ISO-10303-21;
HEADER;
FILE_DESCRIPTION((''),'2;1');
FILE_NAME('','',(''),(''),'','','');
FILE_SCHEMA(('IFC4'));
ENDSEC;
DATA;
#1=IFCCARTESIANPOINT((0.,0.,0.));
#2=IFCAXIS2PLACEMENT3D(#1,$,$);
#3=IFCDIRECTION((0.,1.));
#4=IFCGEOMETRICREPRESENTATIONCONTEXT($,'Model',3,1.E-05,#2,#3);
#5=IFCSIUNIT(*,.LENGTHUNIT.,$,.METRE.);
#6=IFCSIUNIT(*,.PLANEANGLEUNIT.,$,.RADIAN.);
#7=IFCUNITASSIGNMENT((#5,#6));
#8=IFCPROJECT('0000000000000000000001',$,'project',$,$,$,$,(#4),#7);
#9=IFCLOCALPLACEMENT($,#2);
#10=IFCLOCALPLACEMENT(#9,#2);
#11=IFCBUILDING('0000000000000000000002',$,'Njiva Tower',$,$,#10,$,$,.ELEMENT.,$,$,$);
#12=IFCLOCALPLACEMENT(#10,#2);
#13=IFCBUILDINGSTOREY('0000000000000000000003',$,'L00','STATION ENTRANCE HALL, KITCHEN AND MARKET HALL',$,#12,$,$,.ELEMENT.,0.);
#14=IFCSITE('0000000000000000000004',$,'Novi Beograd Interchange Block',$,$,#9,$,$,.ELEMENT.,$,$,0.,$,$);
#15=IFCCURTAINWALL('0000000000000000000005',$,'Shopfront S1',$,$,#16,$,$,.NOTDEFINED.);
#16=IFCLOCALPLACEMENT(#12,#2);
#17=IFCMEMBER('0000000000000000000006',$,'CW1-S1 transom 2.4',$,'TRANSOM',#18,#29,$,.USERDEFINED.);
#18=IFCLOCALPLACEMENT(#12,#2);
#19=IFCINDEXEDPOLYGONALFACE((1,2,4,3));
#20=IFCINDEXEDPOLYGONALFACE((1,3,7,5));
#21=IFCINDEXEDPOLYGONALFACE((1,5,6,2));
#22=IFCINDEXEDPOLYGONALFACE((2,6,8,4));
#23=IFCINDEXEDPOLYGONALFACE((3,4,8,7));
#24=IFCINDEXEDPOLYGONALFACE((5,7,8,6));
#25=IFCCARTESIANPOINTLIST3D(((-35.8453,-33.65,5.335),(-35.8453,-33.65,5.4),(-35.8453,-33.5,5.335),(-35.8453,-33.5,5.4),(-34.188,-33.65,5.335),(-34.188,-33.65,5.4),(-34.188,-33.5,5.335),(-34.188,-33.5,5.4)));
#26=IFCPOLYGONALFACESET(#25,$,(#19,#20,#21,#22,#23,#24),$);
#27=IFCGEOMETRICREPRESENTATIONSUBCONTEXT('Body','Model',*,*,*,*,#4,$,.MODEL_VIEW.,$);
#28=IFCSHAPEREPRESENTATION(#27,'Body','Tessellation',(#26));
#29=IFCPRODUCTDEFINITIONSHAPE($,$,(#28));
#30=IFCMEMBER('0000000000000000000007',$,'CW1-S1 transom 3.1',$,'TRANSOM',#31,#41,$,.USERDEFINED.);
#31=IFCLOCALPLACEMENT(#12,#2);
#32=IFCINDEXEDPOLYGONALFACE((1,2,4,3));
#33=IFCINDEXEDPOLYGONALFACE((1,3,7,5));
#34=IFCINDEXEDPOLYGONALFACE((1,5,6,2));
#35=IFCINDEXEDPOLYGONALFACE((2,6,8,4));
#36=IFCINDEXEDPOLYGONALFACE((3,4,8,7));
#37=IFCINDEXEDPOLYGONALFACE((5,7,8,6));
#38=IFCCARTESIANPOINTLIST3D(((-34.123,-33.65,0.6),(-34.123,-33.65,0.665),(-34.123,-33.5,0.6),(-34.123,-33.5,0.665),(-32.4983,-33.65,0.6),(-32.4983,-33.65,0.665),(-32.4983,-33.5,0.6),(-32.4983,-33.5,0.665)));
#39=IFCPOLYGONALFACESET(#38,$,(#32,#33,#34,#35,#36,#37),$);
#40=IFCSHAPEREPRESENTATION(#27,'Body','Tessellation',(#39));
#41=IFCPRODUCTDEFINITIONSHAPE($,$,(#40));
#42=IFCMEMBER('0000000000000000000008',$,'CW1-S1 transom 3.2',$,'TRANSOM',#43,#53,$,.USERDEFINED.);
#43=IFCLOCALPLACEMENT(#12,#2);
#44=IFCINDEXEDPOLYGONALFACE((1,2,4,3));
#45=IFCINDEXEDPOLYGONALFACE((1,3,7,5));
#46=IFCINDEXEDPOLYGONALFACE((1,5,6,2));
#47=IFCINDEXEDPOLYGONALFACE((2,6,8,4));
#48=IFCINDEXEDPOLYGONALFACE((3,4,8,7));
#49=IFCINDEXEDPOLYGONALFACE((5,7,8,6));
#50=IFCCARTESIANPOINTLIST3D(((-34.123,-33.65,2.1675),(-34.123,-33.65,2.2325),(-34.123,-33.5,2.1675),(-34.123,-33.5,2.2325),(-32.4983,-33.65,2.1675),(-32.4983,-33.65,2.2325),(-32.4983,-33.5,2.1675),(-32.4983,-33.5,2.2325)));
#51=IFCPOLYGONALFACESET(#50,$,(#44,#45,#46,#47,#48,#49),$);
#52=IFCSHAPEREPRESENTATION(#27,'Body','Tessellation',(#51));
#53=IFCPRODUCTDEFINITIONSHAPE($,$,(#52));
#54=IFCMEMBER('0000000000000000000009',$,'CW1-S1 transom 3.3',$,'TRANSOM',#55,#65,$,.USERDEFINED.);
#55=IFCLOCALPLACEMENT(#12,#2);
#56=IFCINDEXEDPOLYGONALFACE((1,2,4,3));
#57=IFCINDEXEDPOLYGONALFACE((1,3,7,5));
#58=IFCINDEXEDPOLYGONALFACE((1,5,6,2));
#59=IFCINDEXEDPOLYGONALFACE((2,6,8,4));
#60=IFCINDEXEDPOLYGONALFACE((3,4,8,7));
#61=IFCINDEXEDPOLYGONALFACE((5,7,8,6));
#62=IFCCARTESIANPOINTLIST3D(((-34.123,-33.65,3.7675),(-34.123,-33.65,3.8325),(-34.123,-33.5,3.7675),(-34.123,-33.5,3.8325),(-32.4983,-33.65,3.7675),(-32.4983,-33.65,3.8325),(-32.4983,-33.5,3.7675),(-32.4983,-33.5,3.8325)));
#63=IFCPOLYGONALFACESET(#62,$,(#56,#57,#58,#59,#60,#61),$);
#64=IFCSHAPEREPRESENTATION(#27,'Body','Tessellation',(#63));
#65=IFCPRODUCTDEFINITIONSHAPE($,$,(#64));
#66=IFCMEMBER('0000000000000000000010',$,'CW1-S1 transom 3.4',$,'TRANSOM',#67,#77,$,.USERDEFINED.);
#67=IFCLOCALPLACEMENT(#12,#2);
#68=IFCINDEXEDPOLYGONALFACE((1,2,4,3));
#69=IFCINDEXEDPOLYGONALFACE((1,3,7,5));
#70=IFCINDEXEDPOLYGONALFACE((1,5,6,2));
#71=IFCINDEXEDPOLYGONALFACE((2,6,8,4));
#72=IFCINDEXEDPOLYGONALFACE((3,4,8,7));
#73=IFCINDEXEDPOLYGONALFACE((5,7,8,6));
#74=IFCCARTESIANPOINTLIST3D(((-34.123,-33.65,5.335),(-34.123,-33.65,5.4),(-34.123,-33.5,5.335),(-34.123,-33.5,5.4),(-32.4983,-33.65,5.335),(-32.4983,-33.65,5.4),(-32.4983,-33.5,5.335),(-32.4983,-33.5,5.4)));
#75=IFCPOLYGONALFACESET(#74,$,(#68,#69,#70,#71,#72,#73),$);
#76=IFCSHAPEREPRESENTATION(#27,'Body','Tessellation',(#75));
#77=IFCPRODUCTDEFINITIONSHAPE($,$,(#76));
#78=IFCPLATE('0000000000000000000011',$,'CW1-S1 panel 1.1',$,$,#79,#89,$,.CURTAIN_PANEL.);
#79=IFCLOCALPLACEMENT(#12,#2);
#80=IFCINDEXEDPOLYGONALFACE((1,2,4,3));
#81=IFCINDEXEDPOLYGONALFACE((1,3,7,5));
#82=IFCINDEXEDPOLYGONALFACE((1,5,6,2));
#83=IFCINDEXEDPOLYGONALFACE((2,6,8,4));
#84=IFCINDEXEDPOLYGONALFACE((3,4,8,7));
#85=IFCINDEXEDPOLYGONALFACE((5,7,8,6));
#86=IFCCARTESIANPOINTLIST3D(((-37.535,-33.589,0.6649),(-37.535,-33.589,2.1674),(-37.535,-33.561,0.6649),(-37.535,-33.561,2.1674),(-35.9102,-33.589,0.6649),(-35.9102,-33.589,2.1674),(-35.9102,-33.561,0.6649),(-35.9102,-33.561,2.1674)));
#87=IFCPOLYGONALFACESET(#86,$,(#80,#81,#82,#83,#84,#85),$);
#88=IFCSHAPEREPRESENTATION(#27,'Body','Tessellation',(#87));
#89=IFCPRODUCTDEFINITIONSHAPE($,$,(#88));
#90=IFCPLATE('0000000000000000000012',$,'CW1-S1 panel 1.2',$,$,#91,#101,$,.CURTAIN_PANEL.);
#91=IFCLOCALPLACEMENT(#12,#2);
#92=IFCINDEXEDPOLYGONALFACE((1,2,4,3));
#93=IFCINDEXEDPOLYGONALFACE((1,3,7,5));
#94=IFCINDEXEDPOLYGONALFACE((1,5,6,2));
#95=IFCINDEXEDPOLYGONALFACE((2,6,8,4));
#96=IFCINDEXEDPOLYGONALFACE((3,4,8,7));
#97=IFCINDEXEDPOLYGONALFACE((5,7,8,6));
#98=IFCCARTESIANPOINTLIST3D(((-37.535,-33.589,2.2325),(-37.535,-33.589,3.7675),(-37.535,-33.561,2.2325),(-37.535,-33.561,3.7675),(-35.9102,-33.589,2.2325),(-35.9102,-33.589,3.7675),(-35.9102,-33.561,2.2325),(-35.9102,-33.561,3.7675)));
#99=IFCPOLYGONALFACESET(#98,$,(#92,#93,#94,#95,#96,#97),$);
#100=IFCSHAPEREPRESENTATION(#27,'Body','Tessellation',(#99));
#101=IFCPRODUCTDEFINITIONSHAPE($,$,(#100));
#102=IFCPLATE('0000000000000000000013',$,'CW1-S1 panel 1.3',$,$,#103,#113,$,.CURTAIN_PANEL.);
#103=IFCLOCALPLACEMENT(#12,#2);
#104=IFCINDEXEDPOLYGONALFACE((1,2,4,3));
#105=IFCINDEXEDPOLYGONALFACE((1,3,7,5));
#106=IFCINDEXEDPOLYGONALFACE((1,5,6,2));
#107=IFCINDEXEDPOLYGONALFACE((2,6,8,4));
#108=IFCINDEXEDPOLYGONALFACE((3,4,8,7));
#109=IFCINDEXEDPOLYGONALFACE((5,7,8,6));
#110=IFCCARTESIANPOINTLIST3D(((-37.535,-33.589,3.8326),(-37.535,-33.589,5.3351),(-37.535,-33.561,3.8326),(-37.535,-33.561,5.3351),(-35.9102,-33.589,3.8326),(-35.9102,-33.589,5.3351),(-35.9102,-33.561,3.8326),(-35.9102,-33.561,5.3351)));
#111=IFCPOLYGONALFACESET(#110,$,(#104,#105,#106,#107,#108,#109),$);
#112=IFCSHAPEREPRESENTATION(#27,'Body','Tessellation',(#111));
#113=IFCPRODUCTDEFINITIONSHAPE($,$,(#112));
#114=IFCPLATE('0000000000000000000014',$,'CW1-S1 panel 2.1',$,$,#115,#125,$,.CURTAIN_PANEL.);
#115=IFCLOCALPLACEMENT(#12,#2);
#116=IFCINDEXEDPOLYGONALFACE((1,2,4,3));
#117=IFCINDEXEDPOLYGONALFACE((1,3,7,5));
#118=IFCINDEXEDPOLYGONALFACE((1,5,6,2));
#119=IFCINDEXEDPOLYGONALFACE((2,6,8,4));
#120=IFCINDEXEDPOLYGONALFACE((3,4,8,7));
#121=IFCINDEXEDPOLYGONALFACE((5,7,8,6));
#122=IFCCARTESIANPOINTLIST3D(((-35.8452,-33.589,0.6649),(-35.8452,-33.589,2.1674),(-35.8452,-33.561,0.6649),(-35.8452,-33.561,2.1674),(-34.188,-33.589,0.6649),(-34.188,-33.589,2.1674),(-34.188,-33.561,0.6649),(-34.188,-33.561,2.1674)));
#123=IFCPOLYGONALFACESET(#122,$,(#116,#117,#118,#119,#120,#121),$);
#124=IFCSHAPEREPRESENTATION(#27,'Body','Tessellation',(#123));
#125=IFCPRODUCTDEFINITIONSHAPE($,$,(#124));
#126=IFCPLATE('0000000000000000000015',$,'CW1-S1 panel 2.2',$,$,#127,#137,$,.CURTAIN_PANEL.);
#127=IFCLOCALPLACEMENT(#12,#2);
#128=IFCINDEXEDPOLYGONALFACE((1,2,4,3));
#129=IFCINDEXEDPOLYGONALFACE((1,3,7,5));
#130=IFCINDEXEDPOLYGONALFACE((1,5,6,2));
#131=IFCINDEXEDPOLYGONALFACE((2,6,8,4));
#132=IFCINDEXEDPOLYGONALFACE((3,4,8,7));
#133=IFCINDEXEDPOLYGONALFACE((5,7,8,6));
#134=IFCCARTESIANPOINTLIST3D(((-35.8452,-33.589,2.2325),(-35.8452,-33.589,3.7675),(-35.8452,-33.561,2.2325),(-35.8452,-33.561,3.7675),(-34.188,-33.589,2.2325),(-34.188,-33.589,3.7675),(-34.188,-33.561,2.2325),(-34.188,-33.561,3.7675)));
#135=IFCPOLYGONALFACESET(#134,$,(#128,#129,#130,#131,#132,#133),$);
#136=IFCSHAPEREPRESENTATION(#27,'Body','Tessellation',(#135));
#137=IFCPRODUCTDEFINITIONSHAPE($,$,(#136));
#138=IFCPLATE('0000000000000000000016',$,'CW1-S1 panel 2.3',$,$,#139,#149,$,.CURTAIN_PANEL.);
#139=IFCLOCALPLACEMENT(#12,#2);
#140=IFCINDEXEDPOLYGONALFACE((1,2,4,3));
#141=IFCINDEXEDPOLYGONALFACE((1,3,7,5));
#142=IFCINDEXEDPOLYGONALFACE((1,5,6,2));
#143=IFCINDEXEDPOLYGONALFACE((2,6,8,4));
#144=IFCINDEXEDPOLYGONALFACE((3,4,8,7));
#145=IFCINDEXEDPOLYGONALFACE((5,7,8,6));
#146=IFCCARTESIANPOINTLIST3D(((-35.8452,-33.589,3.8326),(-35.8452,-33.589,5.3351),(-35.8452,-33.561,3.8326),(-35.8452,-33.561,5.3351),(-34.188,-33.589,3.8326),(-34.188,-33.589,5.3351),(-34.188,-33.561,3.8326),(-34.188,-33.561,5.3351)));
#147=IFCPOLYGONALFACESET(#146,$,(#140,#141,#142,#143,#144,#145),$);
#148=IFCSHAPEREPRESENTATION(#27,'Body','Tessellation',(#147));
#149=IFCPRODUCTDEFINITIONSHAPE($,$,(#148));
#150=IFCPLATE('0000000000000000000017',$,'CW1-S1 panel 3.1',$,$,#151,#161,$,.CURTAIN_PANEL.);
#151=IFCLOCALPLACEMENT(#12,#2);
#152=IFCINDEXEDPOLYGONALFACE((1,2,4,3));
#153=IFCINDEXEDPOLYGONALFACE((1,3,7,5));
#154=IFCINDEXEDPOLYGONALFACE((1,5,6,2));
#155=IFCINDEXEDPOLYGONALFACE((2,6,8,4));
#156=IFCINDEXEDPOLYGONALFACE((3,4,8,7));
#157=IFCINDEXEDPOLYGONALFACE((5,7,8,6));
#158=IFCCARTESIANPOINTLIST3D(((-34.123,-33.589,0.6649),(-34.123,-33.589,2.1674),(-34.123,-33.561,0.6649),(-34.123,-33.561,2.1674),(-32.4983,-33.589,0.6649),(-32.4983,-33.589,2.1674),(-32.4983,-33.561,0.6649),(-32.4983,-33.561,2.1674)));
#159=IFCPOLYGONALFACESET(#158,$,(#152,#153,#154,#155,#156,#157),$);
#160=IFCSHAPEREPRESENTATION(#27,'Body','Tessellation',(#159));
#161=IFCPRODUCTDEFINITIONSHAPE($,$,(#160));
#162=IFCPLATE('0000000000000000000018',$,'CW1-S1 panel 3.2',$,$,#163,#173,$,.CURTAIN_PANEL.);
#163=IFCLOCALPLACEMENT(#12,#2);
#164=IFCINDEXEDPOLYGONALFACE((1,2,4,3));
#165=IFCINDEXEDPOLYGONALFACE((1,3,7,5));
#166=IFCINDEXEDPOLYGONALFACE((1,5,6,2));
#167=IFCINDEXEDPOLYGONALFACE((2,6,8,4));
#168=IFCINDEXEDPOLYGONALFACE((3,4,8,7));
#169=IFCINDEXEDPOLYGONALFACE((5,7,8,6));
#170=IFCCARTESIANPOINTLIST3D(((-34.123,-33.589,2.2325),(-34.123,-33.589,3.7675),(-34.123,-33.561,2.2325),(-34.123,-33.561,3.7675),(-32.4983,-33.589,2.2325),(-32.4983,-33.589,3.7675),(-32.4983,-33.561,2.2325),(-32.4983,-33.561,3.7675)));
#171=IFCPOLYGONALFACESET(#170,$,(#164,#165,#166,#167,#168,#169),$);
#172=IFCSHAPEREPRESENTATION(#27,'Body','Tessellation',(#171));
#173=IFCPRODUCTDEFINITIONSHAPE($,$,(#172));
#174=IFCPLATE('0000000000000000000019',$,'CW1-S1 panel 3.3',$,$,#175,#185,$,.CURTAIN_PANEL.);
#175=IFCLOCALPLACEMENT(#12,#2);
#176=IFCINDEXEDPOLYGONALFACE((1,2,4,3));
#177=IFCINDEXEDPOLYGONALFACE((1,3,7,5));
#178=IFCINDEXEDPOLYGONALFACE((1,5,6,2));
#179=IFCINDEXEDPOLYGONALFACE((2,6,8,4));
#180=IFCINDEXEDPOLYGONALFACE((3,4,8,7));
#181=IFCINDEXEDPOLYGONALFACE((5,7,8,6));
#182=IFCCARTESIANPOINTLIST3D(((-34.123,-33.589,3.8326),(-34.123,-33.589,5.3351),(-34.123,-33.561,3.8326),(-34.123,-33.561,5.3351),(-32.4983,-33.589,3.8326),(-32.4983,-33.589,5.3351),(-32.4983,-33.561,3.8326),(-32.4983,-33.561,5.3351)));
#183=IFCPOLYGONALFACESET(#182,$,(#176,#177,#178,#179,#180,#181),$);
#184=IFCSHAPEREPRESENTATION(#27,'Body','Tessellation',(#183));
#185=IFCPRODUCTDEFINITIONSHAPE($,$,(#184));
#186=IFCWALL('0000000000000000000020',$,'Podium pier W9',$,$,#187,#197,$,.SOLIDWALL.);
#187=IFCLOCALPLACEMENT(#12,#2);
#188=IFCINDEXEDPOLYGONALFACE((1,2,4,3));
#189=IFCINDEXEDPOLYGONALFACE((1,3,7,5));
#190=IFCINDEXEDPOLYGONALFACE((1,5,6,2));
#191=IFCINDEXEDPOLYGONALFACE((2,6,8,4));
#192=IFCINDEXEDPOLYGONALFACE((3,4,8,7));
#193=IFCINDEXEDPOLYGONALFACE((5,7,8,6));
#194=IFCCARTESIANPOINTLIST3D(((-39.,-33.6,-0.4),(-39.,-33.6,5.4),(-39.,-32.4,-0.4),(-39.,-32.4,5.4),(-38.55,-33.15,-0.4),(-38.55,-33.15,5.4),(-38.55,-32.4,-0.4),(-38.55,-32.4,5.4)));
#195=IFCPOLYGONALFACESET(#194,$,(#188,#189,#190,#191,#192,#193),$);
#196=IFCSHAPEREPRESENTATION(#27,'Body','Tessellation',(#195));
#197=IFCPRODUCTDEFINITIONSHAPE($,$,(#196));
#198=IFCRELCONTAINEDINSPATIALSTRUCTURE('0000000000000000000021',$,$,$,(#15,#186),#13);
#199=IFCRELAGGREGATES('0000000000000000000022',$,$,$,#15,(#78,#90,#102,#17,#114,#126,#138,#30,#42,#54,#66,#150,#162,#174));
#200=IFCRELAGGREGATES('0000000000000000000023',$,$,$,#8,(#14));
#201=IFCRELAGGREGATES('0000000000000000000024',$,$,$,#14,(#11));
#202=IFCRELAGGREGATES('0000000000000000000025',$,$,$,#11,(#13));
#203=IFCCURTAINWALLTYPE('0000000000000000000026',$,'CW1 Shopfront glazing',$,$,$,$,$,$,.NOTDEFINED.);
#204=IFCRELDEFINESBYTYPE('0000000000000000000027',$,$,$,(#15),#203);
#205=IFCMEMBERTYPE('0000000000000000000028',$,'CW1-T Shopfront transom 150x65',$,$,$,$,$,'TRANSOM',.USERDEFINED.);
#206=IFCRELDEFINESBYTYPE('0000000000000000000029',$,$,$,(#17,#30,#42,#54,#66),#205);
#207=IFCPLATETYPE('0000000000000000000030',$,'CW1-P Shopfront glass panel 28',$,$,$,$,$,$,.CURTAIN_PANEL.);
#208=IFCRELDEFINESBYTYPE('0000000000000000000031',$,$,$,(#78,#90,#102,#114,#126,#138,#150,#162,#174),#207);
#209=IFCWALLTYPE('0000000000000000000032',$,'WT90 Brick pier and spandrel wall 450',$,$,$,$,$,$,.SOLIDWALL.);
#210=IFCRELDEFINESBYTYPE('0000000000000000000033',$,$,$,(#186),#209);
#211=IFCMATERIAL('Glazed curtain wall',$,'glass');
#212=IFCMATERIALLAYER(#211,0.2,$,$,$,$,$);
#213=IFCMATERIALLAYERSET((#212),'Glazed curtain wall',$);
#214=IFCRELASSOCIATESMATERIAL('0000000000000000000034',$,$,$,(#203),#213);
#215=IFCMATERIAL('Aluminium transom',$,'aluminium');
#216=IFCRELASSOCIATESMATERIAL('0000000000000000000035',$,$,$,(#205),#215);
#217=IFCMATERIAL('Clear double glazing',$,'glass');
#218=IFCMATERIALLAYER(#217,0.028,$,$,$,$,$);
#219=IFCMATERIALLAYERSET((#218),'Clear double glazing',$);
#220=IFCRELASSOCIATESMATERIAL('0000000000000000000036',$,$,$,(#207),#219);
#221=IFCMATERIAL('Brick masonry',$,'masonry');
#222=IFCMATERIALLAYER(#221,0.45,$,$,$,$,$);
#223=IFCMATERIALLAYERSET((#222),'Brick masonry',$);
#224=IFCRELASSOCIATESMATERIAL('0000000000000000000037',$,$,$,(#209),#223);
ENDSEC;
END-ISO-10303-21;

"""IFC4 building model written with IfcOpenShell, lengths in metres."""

from ifc_helpers import new_model, si_unit, direction, frame, origin, origin_2d, place, context, subcontext, project, spatial, polyline, rectangle, outline, extrude, material, layer, layer_set, material_profile, profile_set, type_object, element, aggregate, save


model = new_model("IFC4")

# Units and contexts
model_context = context("Model", 3, precision=1e-05, world=origin(), true_north=direction((0.0, 1.0)))
body_context = subcontext(model_context, "Body", "Model", "MODEL_VIEW")
ifc_project = project(units=[si_unit("LENGTHUNIT", "METRE"), si_unit("PLANEANGLEUNIT", "RADIAN")], contexts=[model_context])

# Site, building, storey
site_placement = place(None, origin())
site = spatial("IfcSite", under=ifc_project, at=site_placement, Name="Novi Beograd Interchange Block", CompositionType="ELEMENT", RefElevation=0.0)
building_placement = place(site_placement, origin())
building = spatial("IfcBuilding", under=site, at=building_placement, Name="Njiva Tower", CompositionType="ELEMENT")
storey_placement = place(building_placement, origin())
storey = spatial("IfcBuildingStorey", under=building, at=storey_placement, Name="L00", Description="STATION ENTRANCE HALL, KITCHEN AND MARKET HALL", CompositionType="ELEMENT", Elevation=0.0)

# Curtain wall, members, plates
ifc_material_1 = material(Name="Glazed curtain wall", Category="glass")
ifc_layer_1 = layer(ifc_material_1, 0.2)
ifc_layer_set_1 = layer_set([ifc_layer_1], Name="Glazed curtain wall")
curtain_wall_type = type_object("IfcCurtainWallType", Name="CW1 Shopfront glazing", PredefinedType="NOTDEFINED", material=ifc_layer_set_1)
curtain_wall_placement = place(storey_placement, origin())
curtain_wall = element("IfcCurtainWall", 1, at=curtain_wall_placement, inside=storey, type_object=curtain_wall_type, Name="Shopfront S1", PredefinedType="NOTDEFINED")
ifc_material_2 = material(Name="Aluminium transom", Category="aluminium")
ifc_material_profile_1 = material_profile(ifc_material_2, rectangle(XDim=0.15, YDim=0.065, at=origin_2d()), Name="RECT 150x65")
ifc_profile_set_1 = profile_set([ifc_material_profile_1], Name="Aluminium transom")
member_type_1 = type_object("IfcMemberType", Name="CW1-T Shopfront transom 150x65", ElementType="TRANSOM", PredefinedType="USERDEFINED", material=ifc_profile_set_1)
member_1_placement = place(storey_placement, frame((-35.8453, -33.575, 5.3675), z_axis=(1.0, 0.0, 0.0), x_axis=(0.0, 1.0, 0.0)))
member_1 = element("IfcMember", 2, at=member_1_placement, type_object=member_type_1, Name="CW1-S1 transom 2.4", ObjectType="TRANSOM", PredefinedType="USERDEFINED", context=body_context, shape_type="SweptSolid", body=[
    extrude(rectangle(XDim=0.15, YDim=0.065, at=origin_2d()), origin(), (0.0, 0.0, 1.0), 1.6573),
])
member_2_placement = place(storey_placement, frame((-34.123, -33.575, 0.6325), z_axis=(1.0, 0.0, 0.0), x_axis=(0.0, 1.0, 0.0)))
member_2 = element("IfcMember", 3, at=member_2_placement, type_object=member_type_1, Name="CW1-S1 transom 3.1", ObjectType="TRANSOM", PredefinedType="USERDEFINED", context=body_context, shape_type="SweptSolid", body=[
    extrude(rectangle(XDim=0.15, YDim=0.065, at=origin_2d()), origin(), (0.0, 0.0, 1.0), 1.6247),
])
member_3_placement = place(storey_placement, frame((-34.123, -33.575, 2.2), z_axis=(1.0, 0.0, 0.0), x_axis=(0.0, 1.0, 0.0)))
member_3 = element("IfcMember", 4, at=member_3_placement, type_object=member_type_1, Name="CW1-S1 transom 3.2", ObjectType="TRANSOM", PredefinedType="USERDEFINED", context=body_context, shape_type="SweptSolid", body=[
    extrude(rectangle(XDim=0.15, YDim=0.065, at=origin_2d()), origin(), (0.0, 0.0, 1.0), 1.6247),
])
member_4_placement = place(storey_placement, frame((-34.123, -33.575, 3.8), z_axis=(1.0, 0.0, 0.0), x_axis=(0.0, 1.0, 0.0)))
member_4 = element("IfcMember", 5, at=member_4_placement, type_object=member_type_1, Name="CW1-S1 transom 3.3", ObjectType="TRANSOM", PredefinedType="USERDEFINED", context=body_context, shape_type="SweptSolid", body=[
    extrude(rectangle(XDim=0.15, YDim=0.065, at=origin_2d()), origin(), (0.0, 0.0, 1.0), 1.6247),
])
member_5_placement = place(storey_placement, frame((-34.123, -33.575, 5.3675), z_axis=(1.0, 0.0, 0.0), x_axis=(0.0, 1.0, 0.0)))
member_5 = element("IfcMember", 6, at=member_5_placement, type_object=member_type_1, Name="CW1-S1 transom 3.4", ObjectType="TRANSOM", PredefinedType="USERDEFINED", context=body_context, shape_type="SweptSolid", body=[
    extrude(rectangle(XDim=0.15, YDim=0.065, at=origin_2d()), origin(), (0.0, 0.0, 1.0), 1.6247),
])
ifc_material_3 = material(Name="Clear double glazing", Category="glass")
ifc_layer_2 = layer(ifc_material_3, 0.028)
ifc_layer_set_2 = layer_set([ifc_layer_2], Name="Clear double glazing")
plate_type = type_object("IfcPlateType", Name="CW1-P Shopfront glass panel 28", PredefinedType="CURTAIN_PANEL", material=ifc_layer_set_2)
plate_1_placement = place(storey_placement, frame((-36.7226, -33.575, 0.6649), z_axis=(0.0, 0.0, 1.0), x_axis=(1.0, 0.0, 0.0)))
plate_1 = element("IfcPlate", 7, at=plate_1_placement, type_object=plate_type, Name="CW1-S1 panel 1.1", PredefinedType="CURTAIN_PANEL", context=body_context, shape_type="SweptSolid", body=[
    extrude(rectangle(XDim=1.6247, YDim=0.028, at=origin_2d()), origin(), (0.0, 0.0, 1.0), 1.5025),
])
plate_2_placement = place(storey_placement, frame((-36.7226, -33.575, 2.2325), z_axis=(0.0, 0.0, 1.0), x_axis=(1.0, 0.0, 0.0)))
plate_2 = element("IfcPlate", 8, at=plate_2_placement, type_object=plate_type, Name="CW1-S1 panel 1.2", PredefinedType="CURTAIN_PANEL", context=body_context, shape_type="SweptSolid", body=[
    extrude(rectangle(XDim=1.6247, YDim=0.028, at=origin_2d()), origin(), (0.0, 0.0, 1.0), 1.535),
])
plate_3_placement = place(storey_placement, frame((-36.7226, -33.575, 3.8326), z_axis=(0.0, 0.0, 1.0), x_axis=(1.0, 0.0, 0.0)))
plate_3 = element("IfcPlate", 9, at=plate_3_placement, type_object=plate_type, Name="CW1-S1 panel 1.3", PredefinedType="CURTAIN_PANEL", context=body_context, shape_type="SweptSolid", body=[
    extrude(rectangle(XDim=1.6247, YDim=0.028, at=origin_2d()), origin(), (0.0, 0.0, 1.0), 1.5025),
])
plate_4_placement = place(storey_placement, frame((-35.0166, -33.575, 0.6649), z_axis=(0.0, 0.0, 1.0), x_axis=(1.0, 0.0, 0.0)))
plate_4 = element("IfcPlate", 10, at=plate_4_placement, type_object=plate_type, Name="CW1-S1 panel 2.1", PredefinedType="CURTAIN_PANEL", context=body_context, shape_type="SweptSolid", body=[
    extrude(rectangle(XDim=1.6572, YDim=0.028, at=origin_2d()), origin(), (0.0, 0.0, 1.0), 1.5025),
])
plate_5_placement = place(storey_placement, frame((-35.0166, -33.575, 2.2325), z_axis=(0.0, 0.0, 1.0), x_axis=(1.0, 0.0, 0.0)))
plate_5 = element("IfcPlate", 11, at=plate_5_placement, type_object=plate_type, Name="CW1-S1 panel 2.2", PredefinedType="CURTAIN_PANEL", context=body_context, shape_type="SweptSolid", body=[
    extrude(rectangle(XDim=1.6572, YDim=0.028, at=origin_2d()), origin(), (0.0, 0.0, 1.0), 1.535),
])
plate_6_placement = place(storey_placement, frame((-35.0166, -33.575, 3.8326), z_axis=(0.0, 0.0, 1.0), x_axis=(1.0, 0.0, 0.0)))
plate_6 = element("IfcPlate", 12, at=plate_6_placement, type_object=plate_type, Name="CW1-S1 panel 2.3", PredefinedType="CURTAIN_PANEL", context=body_context, shape_type="SweptSolid", body=[
    extrude(rectangle(XDim=1.6572, YDim=0.028, at=origin_2d()), origin(), (0.0, 0.0, 1.0), 1.5025),
])
plate_7_placement = place(storey_placement, frame((-33.3107, -33.575, 0.6649), z_axis=(0.0, 0.0, 1.0), x_axis=(1.0, 0.0, 0.0)))
plate_7 = element("IfcPlate", 13, at=plate_7_placement, type_object=plate_type, Name="CW1-S1 panel 3.1", PredefinedType="CURTAIN_PANEL", context=body_context, shape_type="SweptSolid", body=[
    extrude(rectangle(XDim=1.6247, YDim=0.028, at=origin_2d()), origin(), (0.0, 0.0, 1.0), 1.5025),
])
plate_8_placement = place(storey_placement, frame((-33.3107, -33.575, 2.2325), z_axis=(0.0, 0.0, 1.0), x_axis=(1.0, 0.0, 0.0)))
plate_8 = element("IfcPlate", 14, at=plate_8_placement, type_object=plate_type, Name="CW1-S1 panel 3.2", PredefinedType="CURTAIN_PANEL", context=body_context, shape_type="SweptSolid", body=[
    extrude(rectangle(XDim=1.6247, YDim=0.028, at=origin_2d()), origin(), (0.0, 0.0, 1.0), 1.535),
])
plate_9_placement = place(storey_placement, frame((-33.3107, -33.575, 3.8326), z_axis=(0.0, 0.0, 1.0), x_axis=(1.0, 0.0, 0.0)))
plate_9 = element("IfcPlate", 15, at=plate_9_placement, type_object=plate_type, Name="CW1-S1 panel 3.3", PredefinedType="CURTAIN_PANEL", context=body_context, shape_type="SweptSolid", body=[
    extrude(rectangle(XDim=1.6247, YDim=0.028, at=origin_2d()), origin(), (0.0, 0.0, 1.0), 1.5025),
])
aggregate(curtain_wall, [plate_1, plate_2, plate_3, member_1, plate_4, plate_5, plate_6, member_2, member_3, member_4, member_5, plate_7, plate_8, plate_9])

# Wall
ifc_material_4 = material(Name="Brick masonry", Category="masonry")
ifc_layer_3 = layer(ifc_material_4, 0.45)
ifc_layer_set_3 = layer_set([ifc_layer_3], Name="Brick masonry")
wall_type = type_object("IfcWallType", Name="WT90 Brick pier and spandrel wall 450", PredefinedType="SOLIDWALL", material=ifc_layer_set_3)
wall_1_placement = place(storey_placement, frame((-38.775, -32.4, -0.4), z_axis=(0.0, 0.0, 1.0), x_axis=(0.0, -1.0, 0.0)))
element("IfcWall", 16, at=wall_1_placement, inside=storey, type_object=wall_type, Name="Podium pier W9", PredefinedType="SOLIDWALL", context=body_context, shape_type="SweptSolid", body=[
    extrude(outline(polyline([(0.0, -0.225), (1.2, -0.225), (0.75, 0.225), (0.0, 0.225), (0.0, -0.225)])), origin(), (0.0, 0.0, 1.0), 5.8),
])

save(model, "model.ifc")
